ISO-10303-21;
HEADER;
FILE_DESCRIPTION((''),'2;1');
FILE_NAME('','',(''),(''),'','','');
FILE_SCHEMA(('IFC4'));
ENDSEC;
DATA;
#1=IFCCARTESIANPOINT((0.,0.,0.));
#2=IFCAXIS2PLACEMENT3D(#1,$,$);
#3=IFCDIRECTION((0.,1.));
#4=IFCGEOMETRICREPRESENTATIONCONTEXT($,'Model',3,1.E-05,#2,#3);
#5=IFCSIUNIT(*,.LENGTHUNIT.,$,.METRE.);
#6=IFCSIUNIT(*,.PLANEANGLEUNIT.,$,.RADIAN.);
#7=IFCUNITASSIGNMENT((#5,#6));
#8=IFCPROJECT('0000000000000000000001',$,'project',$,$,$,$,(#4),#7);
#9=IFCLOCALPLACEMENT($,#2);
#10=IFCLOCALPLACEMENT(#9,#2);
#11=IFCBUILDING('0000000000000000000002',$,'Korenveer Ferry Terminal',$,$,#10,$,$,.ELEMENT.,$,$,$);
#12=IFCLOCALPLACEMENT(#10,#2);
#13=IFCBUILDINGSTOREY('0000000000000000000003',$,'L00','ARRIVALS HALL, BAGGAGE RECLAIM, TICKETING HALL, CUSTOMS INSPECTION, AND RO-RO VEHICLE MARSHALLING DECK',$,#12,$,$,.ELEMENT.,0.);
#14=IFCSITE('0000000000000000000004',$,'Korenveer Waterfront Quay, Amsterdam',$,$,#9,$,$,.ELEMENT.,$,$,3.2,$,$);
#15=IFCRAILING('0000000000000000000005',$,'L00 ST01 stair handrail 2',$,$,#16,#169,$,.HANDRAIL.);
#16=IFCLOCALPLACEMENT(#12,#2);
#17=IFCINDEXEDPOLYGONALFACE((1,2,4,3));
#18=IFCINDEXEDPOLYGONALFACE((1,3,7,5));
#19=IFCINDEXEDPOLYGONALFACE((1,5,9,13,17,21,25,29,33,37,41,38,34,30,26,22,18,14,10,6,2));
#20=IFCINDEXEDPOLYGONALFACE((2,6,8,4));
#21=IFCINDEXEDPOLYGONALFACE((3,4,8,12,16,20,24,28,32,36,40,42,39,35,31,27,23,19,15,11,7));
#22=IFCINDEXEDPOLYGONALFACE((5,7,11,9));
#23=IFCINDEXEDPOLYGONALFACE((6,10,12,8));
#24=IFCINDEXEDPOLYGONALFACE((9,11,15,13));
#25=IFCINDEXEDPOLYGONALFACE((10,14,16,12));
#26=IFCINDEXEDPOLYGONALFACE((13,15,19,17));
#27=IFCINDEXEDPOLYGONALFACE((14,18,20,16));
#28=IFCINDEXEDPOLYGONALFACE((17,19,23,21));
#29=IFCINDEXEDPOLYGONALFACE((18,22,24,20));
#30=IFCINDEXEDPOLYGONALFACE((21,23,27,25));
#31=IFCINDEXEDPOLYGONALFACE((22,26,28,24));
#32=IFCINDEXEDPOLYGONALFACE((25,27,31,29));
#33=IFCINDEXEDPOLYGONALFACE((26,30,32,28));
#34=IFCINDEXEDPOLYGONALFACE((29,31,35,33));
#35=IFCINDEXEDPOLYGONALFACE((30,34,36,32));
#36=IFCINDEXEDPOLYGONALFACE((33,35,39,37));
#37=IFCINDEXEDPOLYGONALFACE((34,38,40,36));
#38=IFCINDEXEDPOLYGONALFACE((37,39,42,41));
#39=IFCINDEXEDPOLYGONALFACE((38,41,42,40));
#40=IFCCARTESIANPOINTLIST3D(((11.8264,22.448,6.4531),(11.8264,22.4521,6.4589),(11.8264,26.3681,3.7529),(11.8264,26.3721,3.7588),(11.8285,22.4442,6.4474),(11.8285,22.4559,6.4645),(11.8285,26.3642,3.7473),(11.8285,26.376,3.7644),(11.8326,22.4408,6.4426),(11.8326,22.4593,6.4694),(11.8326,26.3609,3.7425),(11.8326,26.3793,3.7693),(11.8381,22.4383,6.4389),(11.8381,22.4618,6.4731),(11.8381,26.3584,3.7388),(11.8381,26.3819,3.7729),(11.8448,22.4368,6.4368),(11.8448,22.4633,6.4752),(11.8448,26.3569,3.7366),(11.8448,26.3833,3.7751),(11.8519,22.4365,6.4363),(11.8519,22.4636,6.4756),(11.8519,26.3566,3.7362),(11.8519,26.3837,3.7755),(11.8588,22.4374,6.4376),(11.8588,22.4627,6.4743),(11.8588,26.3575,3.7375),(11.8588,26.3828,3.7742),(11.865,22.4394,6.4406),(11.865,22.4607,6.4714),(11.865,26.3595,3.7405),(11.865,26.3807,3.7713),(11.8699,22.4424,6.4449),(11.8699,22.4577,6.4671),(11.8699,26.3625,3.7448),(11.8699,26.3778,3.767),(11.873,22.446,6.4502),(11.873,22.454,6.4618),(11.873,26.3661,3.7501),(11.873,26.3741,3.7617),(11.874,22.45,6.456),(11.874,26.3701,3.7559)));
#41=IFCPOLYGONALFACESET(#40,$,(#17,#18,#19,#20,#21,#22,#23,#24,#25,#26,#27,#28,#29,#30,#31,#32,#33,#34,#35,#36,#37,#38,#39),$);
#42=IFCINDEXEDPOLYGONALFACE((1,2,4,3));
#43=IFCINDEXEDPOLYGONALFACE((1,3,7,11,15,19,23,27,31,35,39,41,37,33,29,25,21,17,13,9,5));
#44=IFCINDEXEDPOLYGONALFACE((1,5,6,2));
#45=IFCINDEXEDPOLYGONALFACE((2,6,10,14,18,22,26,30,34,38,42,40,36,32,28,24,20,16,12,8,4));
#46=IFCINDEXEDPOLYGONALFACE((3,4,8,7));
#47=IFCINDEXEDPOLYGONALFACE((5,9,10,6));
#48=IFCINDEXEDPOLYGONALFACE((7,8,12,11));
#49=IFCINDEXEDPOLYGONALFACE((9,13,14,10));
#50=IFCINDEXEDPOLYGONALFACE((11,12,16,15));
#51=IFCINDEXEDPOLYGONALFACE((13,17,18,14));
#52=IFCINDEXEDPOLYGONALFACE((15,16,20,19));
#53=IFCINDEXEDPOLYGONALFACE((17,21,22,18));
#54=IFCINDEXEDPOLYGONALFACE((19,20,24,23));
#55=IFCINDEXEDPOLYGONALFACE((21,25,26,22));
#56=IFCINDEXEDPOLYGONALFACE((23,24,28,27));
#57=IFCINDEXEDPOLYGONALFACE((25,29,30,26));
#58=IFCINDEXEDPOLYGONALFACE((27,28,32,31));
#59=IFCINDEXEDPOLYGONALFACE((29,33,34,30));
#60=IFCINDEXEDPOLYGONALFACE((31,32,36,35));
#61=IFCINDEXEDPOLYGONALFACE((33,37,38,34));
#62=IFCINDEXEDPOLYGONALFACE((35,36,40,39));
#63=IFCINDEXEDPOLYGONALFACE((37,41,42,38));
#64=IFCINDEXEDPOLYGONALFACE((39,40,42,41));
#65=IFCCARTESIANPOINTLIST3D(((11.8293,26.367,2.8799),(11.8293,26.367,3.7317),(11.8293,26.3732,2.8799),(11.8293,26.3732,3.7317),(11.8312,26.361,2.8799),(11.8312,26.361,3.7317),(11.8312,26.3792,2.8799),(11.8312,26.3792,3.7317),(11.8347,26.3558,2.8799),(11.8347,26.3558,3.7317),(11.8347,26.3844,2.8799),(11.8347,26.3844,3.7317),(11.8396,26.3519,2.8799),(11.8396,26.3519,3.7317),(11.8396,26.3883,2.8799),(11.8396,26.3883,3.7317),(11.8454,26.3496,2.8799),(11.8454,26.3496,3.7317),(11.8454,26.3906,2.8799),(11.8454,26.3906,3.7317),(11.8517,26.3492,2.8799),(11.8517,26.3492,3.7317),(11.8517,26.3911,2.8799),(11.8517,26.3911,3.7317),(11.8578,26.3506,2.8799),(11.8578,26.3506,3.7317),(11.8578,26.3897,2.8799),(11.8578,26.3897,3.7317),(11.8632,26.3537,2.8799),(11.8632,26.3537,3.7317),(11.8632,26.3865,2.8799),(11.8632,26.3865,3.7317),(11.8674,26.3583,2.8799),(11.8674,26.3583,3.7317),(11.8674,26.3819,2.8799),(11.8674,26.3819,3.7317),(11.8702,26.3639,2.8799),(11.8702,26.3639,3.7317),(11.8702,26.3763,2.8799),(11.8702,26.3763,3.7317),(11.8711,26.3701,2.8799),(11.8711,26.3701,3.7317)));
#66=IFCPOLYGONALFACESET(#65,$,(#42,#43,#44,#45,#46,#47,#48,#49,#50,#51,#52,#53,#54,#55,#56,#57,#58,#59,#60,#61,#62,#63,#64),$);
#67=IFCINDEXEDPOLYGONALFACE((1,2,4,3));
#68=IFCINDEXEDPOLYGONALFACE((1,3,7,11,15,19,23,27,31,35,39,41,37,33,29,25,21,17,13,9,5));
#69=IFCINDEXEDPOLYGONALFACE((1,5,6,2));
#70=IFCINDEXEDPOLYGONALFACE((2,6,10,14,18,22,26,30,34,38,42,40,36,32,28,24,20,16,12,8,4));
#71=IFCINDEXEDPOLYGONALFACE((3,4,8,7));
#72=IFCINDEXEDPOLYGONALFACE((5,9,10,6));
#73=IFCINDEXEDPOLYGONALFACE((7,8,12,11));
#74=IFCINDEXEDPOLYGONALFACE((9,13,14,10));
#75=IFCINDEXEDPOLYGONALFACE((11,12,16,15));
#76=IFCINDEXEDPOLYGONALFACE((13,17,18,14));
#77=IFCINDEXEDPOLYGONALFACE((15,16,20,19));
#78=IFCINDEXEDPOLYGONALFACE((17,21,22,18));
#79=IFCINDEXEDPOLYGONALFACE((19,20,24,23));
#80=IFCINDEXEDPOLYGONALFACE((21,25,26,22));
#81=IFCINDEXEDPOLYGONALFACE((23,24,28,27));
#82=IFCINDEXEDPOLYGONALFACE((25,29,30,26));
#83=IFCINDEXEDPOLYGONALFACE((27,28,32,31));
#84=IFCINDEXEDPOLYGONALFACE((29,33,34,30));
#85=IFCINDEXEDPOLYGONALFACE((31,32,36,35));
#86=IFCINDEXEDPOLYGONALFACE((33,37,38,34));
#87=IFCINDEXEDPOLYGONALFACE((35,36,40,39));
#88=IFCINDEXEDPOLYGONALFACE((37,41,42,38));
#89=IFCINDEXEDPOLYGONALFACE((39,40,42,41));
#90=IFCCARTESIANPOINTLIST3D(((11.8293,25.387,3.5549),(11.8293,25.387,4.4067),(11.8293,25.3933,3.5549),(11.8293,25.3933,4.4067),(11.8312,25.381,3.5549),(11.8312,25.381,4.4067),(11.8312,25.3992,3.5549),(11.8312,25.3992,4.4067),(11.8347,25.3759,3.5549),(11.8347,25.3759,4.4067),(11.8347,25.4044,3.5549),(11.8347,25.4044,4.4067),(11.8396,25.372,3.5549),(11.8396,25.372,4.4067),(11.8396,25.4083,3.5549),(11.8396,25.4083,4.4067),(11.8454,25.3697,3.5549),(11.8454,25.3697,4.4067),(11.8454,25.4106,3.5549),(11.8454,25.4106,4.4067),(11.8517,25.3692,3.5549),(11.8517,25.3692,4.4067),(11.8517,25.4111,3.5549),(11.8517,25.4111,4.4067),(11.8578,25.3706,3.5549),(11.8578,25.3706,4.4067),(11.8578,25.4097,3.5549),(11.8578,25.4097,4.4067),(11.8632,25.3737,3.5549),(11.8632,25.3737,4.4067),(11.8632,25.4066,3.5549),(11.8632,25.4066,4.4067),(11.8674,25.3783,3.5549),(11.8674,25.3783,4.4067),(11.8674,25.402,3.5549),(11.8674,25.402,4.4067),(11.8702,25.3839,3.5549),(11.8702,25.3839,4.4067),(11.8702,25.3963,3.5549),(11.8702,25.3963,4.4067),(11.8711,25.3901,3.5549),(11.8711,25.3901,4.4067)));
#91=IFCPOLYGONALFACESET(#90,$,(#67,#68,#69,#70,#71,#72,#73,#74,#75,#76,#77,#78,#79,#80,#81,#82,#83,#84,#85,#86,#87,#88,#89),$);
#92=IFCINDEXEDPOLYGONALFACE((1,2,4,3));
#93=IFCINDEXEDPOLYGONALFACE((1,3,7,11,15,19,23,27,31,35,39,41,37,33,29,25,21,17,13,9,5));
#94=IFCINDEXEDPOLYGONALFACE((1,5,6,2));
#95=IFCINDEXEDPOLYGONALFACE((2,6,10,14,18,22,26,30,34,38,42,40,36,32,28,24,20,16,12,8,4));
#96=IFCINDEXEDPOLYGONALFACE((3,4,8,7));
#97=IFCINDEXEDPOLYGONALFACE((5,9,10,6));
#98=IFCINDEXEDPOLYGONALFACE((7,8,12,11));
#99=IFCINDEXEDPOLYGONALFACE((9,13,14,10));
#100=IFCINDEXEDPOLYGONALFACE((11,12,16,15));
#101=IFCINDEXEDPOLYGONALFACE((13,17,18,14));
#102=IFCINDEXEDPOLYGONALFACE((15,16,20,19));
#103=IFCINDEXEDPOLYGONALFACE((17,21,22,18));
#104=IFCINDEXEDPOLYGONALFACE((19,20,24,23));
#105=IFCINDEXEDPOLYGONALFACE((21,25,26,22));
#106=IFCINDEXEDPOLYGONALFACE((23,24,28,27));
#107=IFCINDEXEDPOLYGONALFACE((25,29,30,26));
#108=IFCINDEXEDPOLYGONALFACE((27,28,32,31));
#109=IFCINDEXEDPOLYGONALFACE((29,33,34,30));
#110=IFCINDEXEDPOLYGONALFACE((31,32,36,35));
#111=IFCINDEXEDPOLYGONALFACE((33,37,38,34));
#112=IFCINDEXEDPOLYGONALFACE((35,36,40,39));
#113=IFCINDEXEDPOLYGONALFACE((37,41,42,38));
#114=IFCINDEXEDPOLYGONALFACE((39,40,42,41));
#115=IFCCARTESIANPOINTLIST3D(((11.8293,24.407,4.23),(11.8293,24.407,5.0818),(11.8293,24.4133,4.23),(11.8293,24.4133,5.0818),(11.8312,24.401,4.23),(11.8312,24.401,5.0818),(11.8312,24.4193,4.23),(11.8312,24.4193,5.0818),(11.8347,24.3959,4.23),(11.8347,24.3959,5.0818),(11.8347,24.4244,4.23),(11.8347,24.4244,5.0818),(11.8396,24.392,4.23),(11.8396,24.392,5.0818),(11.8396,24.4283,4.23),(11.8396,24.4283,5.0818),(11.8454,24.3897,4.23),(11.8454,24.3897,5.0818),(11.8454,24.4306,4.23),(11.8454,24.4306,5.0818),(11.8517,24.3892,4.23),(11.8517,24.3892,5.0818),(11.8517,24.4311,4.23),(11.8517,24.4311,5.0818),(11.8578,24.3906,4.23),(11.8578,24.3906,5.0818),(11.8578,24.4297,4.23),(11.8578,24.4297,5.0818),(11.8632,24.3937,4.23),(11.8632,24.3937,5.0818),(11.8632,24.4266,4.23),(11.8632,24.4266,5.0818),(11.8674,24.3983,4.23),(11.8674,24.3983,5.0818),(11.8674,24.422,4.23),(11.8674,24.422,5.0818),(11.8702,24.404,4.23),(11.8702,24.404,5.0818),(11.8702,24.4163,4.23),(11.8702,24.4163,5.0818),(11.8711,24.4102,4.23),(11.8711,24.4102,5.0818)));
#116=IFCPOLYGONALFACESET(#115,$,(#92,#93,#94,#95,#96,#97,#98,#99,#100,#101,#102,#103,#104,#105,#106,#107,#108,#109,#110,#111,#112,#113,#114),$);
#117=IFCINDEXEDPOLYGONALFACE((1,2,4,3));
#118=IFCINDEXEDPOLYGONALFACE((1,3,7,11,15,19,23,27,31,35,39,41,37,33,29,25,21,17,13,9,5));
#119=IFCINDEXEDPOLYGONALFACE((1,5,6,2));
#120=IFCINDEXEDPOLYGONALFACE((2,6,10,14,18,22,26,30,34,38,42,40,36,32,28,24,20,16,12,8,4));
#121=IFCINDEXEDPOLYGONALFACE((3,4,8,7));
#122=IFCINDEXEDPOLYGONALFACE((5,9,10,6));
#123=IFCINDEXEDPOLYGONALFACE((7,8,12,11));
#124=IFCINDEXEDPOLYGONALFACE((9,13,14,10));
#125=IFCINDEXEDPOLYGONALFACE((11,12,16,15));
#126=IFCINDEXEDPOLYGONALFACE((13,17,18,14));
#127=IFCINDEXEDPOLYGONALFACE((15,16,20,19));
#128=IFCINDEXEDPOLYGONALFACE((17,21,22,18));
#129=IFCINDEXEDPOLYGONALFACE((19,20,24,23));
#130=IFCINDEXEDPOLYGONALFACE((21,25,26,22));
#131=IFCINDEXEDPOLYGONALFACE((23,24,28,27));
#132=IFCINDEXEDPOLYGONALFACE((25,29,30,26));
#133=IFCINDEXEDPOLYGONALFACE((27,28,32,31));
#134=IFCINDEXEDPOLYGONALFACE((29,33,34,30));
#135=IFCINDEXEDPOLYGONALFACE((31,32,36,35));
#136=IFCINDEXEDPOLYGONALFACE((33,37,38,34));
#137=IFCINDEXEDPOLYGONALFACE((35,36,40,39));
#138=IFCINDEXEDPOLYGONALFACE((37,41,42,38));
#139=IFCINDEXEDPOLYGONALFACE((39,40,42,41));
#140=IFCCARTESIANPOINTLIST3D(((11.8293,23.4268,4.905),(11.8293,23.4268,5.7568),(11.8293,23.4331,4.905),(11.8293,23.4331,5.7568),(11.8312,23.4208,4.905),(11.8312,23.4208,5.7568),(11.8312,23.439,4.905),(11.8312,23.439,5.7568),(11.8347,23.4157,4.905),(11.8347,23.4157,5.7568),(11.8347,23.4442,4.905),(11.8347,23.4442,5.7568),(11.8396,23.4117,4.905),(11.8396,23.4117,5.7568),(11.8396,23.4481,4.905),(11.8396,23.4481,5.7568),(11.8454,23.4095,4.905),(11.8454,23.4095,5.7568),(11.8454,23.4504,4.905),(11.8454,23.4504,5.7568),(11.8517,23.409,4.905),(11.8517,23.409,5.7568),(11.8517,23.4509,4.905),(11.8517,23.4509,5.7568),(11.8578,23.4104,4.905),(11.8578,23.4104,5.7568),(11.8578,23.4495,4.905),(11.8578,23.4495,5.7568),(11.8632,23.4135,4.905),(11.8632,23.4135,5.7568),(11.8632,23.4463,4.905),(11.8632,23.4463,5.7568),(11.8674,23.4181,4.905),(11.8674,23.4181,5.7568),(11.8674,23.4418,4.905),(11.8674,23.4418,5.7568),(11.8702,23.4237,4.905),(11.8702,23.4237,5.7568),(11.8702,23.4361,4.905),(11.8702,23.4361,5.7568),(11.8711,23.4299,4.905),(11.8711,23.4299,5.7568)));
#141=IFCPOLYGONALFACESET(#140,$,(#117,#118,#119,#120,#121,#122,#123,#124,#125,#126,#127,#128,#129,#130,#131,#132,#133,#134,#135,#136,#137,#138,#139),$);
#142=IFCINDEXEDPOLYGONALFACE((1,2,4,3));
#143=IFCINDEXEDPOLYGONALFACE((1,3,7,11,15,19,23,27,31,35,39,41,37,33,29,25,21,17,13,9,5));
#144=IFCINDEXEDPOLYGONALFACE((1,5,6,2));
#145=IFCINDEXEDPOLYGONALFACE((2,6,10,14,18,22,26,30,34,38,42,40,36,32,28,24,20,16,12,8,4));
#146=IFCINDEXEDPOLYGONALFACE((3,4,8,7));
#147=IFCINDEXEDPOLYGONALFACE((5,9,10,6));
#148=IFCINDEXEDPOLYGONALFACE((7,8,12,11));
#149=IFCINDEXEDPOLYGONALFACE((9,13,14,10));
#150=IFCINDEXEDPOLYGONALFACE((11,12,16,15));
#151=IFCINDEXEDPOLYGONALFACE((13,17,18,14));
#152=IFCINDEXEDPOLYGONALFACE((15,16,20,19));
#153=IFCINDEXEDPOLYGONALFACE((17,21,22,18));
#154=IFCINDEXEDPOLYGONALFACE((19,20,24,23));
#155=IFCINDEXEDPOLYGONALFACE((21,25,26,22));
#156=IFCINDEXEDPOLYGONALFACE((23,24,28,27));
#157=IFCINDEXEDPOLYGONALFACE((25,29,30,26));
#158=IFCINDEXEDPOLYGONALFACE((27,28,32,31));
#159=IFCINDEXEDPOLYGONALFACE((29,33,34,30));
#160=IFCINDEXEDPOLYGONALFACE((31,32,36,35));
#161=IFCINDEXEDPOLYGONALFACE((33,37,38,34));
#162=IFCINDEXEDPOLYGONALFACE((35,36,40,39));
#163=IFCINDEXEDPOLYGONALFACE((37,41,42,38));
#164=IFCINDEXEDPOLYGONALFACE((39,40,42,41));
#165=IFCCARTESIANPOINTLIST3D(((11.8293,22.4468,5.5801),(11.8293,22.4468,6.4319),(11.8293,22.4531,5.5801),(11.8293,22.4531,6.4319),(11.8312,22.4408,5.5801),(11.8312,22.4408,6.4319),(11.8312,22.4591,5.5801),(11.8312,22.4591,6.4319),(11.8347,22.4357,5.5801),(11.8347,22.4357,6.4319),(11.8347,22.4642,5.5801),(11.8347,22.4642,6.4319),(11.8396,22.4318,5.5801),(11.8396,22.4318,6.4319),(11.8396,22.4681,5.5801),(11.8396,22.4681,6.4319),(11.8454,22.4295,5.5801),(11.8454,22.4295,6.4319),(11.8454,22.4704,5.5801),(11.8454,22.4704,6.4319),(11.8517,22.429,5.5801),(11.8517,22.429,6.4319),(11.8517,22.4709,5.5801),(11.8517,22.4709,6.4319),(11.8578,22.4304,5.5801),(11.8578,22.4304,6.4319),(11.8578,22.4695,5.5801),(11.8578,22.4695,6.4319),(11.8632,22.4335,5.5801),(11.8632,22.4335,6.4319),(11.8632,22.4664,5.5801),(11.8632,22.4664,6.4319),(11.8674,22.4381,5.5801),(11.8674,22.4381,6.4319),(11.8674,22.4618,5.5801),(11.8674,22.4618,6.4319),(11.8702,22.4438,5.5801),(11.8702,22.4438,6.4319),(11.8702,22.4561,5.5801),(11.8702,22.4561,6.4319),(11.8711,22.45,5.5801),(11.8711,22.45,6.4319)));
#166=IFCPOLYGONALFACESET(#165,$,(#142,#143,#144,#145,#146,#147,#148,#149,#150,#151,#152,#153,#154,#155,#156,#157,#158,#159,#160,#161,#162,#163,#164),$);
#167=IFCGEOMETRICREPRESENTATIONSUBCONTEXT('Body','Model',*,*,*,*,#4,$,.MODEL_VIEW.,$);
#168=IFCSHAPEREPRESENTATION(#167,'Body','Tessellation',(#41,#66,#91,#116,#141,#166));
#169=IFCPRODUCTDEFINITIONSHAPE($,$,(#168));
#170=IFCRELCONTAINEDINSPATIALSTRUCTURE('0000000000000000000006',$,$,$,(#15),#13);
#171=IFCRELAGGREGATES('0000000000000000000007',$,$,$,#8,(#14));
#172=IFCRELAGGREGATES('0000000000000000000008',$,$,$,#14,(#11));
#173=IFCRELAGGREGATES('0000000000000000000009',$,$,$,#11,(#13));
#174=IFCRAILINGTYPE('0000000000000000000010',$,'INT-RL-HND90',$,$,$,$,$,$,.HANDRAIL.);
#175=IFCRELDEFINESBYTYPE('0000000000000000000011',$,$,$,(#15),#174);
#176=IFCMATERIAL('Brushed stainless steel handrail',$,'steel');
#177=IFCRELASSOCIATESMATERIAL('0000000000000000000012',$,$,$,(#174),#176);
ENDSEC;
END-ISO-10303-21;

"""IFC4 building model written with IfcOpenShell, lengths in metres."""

from ifc_helpers import new_model, si_unit, direction, frame, origin, origin_2d, place, context, subcontext, project, spatial, circle, extrude, material, type_object, element, save


model = new_model("IFC4")

# Units and contexts
model_context = context("Model", 3, precision=1e-05, world=origin(), true_north=direction((0.0, 1.0)))
body_context = subcontext(model_context, "Body", "Model", "MODEL_VIEW")
ifc_project = project(units=[si_unit("LENGTHUNIT", "METRE"), si_unit("PLANEANGLEUNIT", "RADIAN")], contexts=[model_context])

# Site, building, storey
site_placement = place(None, origin())
site = spatial("IfcSite", under=ifc_project, at=site_placement, Name="Korenveer Waterfront Quay, Amsterdam", CompositionType="ELEMENT", RefElevation=3.2)
building_placement = place(site_placement, origin())
building = spatial("IfcBuilding", under=site, at=building_placement, Name="Korenveer Ferry Terminal", CompositionType="ELEMENT")
storey_placement = place(building_placement, origin())
storey = spatial("IfcBuildingStorey", under=building, at=storey_placement, Name="L00", Description="ARRIVALS HALL, BAGGAGE RECLAIM, TICKETING HALL, CUSTOMS INSPECTION, AND RO-RO VEHICLE MARSHALLING DECK", CompositionType="ELEMENT", Elevation=0.0)

# Railing
ifc_material_1 = material(Name="Brushed stainless steel handrail", Category="steel")
railing_type_1 = type_object("IfcRailingType", Name="INT-RL-HND90", PredefinedType="HANDRAIL", material=ifc_material_1)
railing_1_placement = place(storey_placement, frame((11.8501, 26.3701, 2.8799)))
element("IfcRailing", 1, at=railing_1_placement, inside=storey, type_object=railing_type_1, Name="L00 ST01 stair handrail 2", PredefinedType="HANDRAIL", context=body_context, shape_type="SweptSolid", body=[
    extrude(circle(Radius=0.0239, at=origin_2d()), frame((0.0, 0.0, 0.876), z_axis=(0.0, -0.823543, 0.567253), x_axis=(1.0, 0.0, 0.0)), (0.0, 0.0, 1.0), 4.76),
    extrude(circle(Radius=0.021, at=origin_2d()), origin(), (0.0, 0.0, 1.0), 0.8518),
    extrude(circle(Radius=0.021, at=origin_2d()), frame((0.0, -0.98, 0.675)), (0.0, 0.0, 1.0), 0.8518),
    extrude(circle(Radius=0.021, at=origin_2d()), frame((0.0, -1.96, 1.3501)), (0.0, 0.0, 1.0), 0.8518),
    extrude(circle(Radius=0.021, at=origin_2d()), frame((0.0, -2.9402, 2.0251)), (0.0, 0.0, 1.0), 0.8518),
    extrude(circle(Radius=0.021, at=origin_2d()), frame((0.0, -3.9202, 2.7002)), (0.0, 0.0, 1.0), 0.8518),
])

save(model, "model.ifc")
